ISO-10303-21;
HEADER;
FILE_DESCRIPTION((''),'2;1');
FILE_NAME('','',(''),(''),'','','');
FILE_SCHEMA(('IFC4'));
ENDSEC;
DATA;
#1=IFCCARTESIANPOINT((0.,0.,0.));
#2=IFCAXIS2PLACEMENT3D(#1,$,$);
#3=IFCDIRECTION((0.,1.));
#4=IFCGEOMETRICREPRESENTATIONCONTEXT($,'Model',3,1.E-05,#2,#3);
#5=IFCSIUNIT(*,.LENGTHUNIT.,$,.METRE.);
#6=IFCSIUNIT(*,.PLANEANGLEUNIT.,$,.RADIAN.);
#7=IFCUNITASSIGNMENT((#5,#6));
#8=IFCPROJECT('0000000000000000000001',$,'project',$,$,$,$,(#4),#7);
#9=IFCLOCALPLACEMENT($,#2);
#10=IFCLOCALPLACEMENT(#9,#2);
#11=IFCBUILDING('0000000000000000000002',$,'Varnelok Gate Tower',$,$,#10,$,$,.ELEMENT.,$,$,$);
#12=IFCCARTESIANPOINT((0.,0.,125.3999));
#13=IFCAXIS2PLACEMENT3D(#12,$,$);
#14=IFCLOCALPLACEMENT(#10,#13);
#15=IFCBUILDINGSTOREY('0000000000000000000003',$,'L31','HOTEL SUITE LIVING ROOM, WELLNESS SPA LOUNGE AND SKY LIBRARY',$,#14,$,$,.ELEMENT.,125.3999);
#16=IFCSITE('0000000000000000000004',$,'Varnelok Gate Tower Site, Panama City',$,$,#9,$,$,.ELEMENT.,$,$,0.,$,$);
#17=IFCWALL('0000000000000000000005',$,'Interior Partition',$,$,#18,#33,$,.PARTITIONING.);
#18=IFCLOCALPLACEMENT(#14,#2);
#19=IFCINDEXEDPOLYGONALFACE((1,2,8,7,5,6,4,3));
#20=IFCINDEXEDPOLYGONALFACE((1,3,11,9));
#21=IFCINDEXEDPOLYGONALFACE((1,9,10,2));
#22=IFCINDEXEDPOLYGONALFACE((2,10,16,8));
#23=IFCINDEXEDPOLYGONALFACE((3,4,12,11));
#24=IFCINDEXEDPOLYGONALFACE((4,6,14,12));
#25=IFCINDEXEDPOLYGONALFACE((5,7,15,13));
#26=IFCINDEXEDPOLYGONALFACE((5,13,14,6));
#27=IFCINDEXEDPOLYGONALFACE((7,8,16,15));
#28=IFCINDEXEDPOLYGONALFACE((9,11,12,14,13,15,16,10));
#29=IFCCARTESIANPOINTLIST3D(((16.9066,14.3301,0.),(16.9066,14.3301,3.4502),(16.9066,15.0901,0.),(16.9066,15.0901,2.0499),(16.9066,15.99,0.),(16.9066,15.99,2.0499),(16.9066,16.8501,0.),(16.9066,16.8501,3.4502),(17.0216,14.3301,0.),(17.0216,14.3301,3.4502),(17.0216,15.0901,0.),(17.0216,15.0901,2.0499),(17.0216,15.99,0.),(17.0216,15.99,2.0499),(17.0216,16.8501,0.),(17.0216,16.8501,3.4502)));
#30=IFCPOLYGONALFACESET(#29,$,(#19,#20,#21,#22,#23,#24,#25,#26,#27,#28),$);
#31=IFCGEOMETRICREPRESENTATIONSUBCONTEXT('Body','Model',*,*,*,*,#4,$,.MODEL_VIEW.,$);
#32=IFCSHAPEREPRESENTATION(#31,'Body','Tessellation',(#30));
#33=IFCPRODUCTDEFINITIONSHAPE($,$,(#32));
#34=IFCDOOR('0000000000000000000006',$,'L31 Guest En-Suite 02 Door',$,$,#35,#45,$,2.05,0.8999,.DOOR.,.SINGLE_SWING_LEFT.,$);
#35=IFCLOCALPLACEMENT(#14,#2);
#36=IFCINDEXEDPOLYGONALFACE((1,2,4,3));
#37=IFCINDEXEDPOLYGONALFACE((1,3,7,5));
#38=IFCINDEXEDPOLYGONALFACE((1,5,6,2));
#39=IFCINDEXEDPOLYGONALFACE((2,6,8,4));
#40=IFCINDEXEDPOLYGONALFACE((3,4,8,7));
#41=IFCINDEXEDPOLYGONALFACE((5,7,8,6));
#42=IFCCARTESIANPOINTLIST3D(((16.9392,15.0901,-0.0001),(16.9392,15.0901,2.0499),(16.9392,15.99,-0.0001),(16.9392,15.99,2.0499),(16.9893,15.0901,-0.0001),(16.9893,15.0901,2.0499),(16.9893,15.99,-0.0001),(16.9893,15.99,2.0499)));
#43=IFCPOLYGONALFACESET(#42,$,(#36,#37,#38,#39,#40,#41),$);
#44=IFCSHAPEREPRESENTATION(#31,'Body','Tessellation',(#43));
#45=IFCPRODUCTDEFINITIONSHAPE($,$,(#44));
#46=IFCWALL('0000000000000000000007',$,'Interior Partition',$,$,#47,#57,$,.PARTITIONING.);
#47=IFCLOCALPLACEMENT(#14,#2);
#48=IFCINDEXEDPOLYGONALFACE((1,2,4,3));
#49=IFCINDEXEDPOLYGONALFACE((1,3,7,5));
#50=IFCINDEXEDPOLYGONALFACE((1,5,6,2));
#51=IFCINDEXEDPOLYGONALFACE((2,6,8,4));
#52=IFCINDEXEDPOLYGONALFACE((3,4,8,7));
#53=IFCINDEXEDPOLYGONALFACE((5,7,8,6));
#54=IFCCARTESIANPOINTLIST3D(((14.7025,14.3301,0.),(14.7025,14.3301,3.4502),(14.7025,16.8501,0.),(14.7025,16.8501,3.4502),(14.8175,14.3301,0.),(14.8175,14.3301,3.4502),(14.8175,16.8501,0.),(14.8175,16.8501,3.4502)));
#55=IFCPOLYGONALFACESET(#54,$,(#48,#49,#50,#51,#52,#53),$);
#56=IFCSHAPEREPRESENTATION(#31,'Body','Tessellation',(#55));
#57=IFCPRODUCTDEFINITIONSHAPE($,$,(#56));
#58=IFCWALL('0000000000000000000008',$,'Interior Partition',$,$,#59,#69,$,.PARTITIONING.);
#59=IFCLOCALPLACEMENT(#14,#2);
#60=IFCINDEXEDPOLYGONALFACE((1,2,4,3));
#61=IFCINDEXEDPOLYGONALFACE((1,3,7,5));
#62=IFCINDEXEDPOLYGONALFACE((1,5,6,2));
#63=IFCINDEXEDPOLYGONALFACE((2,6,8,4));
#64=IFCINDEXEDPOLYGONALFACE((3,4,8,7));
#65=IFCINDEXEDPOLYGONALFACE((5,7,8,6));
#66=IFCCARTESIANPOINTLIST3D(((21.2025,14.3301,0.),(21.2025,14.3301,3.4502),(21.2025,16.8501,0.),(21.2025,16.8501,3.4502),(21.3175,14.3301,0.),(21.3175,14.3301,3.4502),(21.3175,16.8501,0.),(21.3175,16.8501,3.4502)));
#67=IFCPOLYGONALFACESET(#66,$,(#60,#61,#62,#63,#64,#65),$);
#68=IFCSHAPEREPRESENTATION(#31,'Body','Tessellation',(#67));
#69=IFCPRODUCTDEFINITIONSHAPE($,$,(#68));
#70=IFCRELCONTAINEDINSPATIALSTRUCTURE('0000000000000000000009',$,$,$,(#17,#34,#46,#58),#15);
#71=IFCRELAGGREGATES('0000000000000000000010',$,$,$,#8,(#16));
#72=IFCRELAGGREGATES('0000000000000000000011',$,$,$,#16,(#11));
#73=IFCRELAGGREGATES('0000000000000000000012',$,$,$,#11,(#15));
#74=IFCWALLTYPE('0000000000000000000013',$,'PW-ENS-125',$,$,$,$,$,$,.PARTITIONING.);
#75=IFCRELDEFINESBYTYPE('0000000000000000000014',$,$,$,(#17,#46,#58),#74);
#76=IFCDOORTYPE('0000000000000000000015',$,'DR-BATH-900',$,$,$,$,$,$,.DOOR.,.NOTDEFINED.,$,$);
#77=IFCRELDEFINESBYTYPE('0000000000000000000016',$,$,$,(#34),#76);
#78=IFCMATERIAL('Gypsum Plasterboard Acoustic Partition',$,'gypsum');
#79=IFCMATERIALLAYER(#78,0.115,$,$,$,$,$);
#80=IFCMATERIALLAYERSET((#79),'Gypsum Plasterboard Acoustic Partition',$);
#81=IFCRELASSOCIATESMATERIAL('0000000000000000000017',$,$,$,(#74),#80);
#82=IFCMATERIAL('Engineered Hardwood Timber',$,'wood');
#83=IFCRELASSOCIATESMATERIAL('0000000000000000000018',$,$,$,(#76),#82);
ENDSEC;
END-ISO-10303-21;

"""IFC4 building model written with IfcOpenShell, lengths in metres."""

from ifc_helpers import new_model, si_unit, direction, frame, frame_2d, origin, place, context, subcontext, project, spatial, rectangle, extrude, material, layer, layer_set, type_object, element, fill, save


model = new_model("IFC4")

# Units and contexts
model_context = context("Model", 3, precision=1e-05, world=origin(), true_north=direction((0.0, 1.0)))
body_context = subcontext(model_context, "Body", "Model", "MODEL_VIEW")
ifc_project = project(units=[si_unit("LENGTHUNIT", "METRE"), si_unit("PLANEANGLEUNIT", "RADIAN")], contexts=[model_context])

# Site, building, storey
site_placement = place(None, origin())
site = spatial("IfcSite", under=ifc_project, at=site_placement, Name="Varnelok Gate Tower Site, Panama City", CompositionType="ELEMENT", RefElevation=0.0)
building_placement = place(site_placement, origin())
building = spatial("IfcBuilding", under=site, at=building_placement, Name="Varnelok Gate Tower", CompositionType="ELEMENT")
storey_placement = place(building_placement, frame((0.0, 0.0, 125.3999)))
storey = spatial("IfcBuildingStorey", under=building, at=storey_placement, Name="L31", Description="HOTEL SUITE LIVING ROOM, WELLNESS SPA LOUNGE AND SKY LIBRARY", CompositionType="ELEMENT", Elevation=125.3999)

# Shared definitions
ifc_material_1 = material(Name="Gypsum Plasterboard Acoustic Partition", Category="gypsum")
ifc_material_2 = material(Name="Engineered Hardwood Timber", Category="wood")

# Shared definitions
ifc_layer_1 = layer(ifc_material_1, 0.115)
ifc_layer_set_1 = layer_set([ifc_layer_1], Name="Gypsum Plasterboard Acoustic Partition")
wall_type_1 = type_object("IfcWallType", Name="PW-ENS-125", PredefinedType="PARTITIONING", material=ifc_layer_set_1)

# Wall, opening, door
wall_1_placement = place(storey_placement, frame((16.9641, 14.3301, 0.0), z_axis=(0.0, 0.0, 1.0), x_axis=(0.0, 1.0, 0.0)))
wall_1 = element("IfcWall", 1, at=wall_1_placement, inside=storey, type_object=wall_type_1, Name="Interior Partition", PredefinedType="PARTITIONING", context=body_context, shape_type="SweptSolid", body=[
    extrude(rectangle(XDim=2.52, YDim=0.115, at=frame_2d((1.26, 0.0))), origin(), (0.0, 0.0, 1.0), 3.4502),
])
opening_1_placement = place(wall_1_placement, frame((0.76, 0.0, 0.0)))
opening_1 = element("IfcOpeningElement", 2, at=opening_1_placement, cuts=wall_1, PredefinedType="OPENING", context=body_context, shape_type="SweptSolid", body=[
    extrude(rectangle(XDim=0.8999, YDim=2.05, at=frame_2d((0.45, 1.0249))), frame((0.0, 0.0674, 0.0), z_axis=(0.0, -1.0, 0.0), x_axis=(1.0, 0.0, 0.0)), (0.0, 0.0, 1.0), 0.135),
])
door_type_1 = type_object("IfcDoorType", Name="DR-BATH-900", OperationType="NOTDEFINED", PredefinedType="DOOR", material=ifc_material_2)
door_1_placement = place(opening_1_placement, origin())
door_1 = element("IfcDoor", 3, at=door_1_placement, inside=storey, type_object=door_type_1, Name="L31 Guest En-Suite 02 Door", OperationType="SINGLE_SWING_LEFT", OverallHeight=2.05, OverallWidth=0.8999, PredefinedType="DOOR", context=body_context, shape_type="SweptSolid", body=[
    extrude(rectangle(XDim=0.8999, YDim=2.05, at=frame_2d((0.45, 1.0249))), frame((0.0, 0.0249, 0.0), z_axis=(0.0, -1.0, 0.0), x_axis=(1.0, 0.0, 0.0)), (0.0, 0.0, 1.0), 0.05),
])
fill(opening_1, door_1)

# Walls
for number, where, z_axis, x_axis, name in (
    (4, (14.76, 14.3301, 0.0), (0.0, 0.0, 1.0), (0.0, 1.0, 0.0), "Interior Partition"),
    (5, (21.26, 14.3301, 0.0), (0.0, 0.0, 1.0), (0.0, 1.0, 0.0), "Interior Partition"),
):
    element("IfcWall", number, at=place(storey_placement, frame(where, z_axis=z_axis, x_axis=x_axis)), inside=storey, type_object=wall_type_1, Name=name, PredefinedType="PARTITIONING", context=body_context, shape_type="SweptSolid", body=[
        extrude(rectangle(XDim=2.52, YDim=0.115, at=frame_2d((1.26, 0.0))), origin(), (0.0, 0.0, 1.0), 3.4502),
    ])

save(model, "model.ifc")
